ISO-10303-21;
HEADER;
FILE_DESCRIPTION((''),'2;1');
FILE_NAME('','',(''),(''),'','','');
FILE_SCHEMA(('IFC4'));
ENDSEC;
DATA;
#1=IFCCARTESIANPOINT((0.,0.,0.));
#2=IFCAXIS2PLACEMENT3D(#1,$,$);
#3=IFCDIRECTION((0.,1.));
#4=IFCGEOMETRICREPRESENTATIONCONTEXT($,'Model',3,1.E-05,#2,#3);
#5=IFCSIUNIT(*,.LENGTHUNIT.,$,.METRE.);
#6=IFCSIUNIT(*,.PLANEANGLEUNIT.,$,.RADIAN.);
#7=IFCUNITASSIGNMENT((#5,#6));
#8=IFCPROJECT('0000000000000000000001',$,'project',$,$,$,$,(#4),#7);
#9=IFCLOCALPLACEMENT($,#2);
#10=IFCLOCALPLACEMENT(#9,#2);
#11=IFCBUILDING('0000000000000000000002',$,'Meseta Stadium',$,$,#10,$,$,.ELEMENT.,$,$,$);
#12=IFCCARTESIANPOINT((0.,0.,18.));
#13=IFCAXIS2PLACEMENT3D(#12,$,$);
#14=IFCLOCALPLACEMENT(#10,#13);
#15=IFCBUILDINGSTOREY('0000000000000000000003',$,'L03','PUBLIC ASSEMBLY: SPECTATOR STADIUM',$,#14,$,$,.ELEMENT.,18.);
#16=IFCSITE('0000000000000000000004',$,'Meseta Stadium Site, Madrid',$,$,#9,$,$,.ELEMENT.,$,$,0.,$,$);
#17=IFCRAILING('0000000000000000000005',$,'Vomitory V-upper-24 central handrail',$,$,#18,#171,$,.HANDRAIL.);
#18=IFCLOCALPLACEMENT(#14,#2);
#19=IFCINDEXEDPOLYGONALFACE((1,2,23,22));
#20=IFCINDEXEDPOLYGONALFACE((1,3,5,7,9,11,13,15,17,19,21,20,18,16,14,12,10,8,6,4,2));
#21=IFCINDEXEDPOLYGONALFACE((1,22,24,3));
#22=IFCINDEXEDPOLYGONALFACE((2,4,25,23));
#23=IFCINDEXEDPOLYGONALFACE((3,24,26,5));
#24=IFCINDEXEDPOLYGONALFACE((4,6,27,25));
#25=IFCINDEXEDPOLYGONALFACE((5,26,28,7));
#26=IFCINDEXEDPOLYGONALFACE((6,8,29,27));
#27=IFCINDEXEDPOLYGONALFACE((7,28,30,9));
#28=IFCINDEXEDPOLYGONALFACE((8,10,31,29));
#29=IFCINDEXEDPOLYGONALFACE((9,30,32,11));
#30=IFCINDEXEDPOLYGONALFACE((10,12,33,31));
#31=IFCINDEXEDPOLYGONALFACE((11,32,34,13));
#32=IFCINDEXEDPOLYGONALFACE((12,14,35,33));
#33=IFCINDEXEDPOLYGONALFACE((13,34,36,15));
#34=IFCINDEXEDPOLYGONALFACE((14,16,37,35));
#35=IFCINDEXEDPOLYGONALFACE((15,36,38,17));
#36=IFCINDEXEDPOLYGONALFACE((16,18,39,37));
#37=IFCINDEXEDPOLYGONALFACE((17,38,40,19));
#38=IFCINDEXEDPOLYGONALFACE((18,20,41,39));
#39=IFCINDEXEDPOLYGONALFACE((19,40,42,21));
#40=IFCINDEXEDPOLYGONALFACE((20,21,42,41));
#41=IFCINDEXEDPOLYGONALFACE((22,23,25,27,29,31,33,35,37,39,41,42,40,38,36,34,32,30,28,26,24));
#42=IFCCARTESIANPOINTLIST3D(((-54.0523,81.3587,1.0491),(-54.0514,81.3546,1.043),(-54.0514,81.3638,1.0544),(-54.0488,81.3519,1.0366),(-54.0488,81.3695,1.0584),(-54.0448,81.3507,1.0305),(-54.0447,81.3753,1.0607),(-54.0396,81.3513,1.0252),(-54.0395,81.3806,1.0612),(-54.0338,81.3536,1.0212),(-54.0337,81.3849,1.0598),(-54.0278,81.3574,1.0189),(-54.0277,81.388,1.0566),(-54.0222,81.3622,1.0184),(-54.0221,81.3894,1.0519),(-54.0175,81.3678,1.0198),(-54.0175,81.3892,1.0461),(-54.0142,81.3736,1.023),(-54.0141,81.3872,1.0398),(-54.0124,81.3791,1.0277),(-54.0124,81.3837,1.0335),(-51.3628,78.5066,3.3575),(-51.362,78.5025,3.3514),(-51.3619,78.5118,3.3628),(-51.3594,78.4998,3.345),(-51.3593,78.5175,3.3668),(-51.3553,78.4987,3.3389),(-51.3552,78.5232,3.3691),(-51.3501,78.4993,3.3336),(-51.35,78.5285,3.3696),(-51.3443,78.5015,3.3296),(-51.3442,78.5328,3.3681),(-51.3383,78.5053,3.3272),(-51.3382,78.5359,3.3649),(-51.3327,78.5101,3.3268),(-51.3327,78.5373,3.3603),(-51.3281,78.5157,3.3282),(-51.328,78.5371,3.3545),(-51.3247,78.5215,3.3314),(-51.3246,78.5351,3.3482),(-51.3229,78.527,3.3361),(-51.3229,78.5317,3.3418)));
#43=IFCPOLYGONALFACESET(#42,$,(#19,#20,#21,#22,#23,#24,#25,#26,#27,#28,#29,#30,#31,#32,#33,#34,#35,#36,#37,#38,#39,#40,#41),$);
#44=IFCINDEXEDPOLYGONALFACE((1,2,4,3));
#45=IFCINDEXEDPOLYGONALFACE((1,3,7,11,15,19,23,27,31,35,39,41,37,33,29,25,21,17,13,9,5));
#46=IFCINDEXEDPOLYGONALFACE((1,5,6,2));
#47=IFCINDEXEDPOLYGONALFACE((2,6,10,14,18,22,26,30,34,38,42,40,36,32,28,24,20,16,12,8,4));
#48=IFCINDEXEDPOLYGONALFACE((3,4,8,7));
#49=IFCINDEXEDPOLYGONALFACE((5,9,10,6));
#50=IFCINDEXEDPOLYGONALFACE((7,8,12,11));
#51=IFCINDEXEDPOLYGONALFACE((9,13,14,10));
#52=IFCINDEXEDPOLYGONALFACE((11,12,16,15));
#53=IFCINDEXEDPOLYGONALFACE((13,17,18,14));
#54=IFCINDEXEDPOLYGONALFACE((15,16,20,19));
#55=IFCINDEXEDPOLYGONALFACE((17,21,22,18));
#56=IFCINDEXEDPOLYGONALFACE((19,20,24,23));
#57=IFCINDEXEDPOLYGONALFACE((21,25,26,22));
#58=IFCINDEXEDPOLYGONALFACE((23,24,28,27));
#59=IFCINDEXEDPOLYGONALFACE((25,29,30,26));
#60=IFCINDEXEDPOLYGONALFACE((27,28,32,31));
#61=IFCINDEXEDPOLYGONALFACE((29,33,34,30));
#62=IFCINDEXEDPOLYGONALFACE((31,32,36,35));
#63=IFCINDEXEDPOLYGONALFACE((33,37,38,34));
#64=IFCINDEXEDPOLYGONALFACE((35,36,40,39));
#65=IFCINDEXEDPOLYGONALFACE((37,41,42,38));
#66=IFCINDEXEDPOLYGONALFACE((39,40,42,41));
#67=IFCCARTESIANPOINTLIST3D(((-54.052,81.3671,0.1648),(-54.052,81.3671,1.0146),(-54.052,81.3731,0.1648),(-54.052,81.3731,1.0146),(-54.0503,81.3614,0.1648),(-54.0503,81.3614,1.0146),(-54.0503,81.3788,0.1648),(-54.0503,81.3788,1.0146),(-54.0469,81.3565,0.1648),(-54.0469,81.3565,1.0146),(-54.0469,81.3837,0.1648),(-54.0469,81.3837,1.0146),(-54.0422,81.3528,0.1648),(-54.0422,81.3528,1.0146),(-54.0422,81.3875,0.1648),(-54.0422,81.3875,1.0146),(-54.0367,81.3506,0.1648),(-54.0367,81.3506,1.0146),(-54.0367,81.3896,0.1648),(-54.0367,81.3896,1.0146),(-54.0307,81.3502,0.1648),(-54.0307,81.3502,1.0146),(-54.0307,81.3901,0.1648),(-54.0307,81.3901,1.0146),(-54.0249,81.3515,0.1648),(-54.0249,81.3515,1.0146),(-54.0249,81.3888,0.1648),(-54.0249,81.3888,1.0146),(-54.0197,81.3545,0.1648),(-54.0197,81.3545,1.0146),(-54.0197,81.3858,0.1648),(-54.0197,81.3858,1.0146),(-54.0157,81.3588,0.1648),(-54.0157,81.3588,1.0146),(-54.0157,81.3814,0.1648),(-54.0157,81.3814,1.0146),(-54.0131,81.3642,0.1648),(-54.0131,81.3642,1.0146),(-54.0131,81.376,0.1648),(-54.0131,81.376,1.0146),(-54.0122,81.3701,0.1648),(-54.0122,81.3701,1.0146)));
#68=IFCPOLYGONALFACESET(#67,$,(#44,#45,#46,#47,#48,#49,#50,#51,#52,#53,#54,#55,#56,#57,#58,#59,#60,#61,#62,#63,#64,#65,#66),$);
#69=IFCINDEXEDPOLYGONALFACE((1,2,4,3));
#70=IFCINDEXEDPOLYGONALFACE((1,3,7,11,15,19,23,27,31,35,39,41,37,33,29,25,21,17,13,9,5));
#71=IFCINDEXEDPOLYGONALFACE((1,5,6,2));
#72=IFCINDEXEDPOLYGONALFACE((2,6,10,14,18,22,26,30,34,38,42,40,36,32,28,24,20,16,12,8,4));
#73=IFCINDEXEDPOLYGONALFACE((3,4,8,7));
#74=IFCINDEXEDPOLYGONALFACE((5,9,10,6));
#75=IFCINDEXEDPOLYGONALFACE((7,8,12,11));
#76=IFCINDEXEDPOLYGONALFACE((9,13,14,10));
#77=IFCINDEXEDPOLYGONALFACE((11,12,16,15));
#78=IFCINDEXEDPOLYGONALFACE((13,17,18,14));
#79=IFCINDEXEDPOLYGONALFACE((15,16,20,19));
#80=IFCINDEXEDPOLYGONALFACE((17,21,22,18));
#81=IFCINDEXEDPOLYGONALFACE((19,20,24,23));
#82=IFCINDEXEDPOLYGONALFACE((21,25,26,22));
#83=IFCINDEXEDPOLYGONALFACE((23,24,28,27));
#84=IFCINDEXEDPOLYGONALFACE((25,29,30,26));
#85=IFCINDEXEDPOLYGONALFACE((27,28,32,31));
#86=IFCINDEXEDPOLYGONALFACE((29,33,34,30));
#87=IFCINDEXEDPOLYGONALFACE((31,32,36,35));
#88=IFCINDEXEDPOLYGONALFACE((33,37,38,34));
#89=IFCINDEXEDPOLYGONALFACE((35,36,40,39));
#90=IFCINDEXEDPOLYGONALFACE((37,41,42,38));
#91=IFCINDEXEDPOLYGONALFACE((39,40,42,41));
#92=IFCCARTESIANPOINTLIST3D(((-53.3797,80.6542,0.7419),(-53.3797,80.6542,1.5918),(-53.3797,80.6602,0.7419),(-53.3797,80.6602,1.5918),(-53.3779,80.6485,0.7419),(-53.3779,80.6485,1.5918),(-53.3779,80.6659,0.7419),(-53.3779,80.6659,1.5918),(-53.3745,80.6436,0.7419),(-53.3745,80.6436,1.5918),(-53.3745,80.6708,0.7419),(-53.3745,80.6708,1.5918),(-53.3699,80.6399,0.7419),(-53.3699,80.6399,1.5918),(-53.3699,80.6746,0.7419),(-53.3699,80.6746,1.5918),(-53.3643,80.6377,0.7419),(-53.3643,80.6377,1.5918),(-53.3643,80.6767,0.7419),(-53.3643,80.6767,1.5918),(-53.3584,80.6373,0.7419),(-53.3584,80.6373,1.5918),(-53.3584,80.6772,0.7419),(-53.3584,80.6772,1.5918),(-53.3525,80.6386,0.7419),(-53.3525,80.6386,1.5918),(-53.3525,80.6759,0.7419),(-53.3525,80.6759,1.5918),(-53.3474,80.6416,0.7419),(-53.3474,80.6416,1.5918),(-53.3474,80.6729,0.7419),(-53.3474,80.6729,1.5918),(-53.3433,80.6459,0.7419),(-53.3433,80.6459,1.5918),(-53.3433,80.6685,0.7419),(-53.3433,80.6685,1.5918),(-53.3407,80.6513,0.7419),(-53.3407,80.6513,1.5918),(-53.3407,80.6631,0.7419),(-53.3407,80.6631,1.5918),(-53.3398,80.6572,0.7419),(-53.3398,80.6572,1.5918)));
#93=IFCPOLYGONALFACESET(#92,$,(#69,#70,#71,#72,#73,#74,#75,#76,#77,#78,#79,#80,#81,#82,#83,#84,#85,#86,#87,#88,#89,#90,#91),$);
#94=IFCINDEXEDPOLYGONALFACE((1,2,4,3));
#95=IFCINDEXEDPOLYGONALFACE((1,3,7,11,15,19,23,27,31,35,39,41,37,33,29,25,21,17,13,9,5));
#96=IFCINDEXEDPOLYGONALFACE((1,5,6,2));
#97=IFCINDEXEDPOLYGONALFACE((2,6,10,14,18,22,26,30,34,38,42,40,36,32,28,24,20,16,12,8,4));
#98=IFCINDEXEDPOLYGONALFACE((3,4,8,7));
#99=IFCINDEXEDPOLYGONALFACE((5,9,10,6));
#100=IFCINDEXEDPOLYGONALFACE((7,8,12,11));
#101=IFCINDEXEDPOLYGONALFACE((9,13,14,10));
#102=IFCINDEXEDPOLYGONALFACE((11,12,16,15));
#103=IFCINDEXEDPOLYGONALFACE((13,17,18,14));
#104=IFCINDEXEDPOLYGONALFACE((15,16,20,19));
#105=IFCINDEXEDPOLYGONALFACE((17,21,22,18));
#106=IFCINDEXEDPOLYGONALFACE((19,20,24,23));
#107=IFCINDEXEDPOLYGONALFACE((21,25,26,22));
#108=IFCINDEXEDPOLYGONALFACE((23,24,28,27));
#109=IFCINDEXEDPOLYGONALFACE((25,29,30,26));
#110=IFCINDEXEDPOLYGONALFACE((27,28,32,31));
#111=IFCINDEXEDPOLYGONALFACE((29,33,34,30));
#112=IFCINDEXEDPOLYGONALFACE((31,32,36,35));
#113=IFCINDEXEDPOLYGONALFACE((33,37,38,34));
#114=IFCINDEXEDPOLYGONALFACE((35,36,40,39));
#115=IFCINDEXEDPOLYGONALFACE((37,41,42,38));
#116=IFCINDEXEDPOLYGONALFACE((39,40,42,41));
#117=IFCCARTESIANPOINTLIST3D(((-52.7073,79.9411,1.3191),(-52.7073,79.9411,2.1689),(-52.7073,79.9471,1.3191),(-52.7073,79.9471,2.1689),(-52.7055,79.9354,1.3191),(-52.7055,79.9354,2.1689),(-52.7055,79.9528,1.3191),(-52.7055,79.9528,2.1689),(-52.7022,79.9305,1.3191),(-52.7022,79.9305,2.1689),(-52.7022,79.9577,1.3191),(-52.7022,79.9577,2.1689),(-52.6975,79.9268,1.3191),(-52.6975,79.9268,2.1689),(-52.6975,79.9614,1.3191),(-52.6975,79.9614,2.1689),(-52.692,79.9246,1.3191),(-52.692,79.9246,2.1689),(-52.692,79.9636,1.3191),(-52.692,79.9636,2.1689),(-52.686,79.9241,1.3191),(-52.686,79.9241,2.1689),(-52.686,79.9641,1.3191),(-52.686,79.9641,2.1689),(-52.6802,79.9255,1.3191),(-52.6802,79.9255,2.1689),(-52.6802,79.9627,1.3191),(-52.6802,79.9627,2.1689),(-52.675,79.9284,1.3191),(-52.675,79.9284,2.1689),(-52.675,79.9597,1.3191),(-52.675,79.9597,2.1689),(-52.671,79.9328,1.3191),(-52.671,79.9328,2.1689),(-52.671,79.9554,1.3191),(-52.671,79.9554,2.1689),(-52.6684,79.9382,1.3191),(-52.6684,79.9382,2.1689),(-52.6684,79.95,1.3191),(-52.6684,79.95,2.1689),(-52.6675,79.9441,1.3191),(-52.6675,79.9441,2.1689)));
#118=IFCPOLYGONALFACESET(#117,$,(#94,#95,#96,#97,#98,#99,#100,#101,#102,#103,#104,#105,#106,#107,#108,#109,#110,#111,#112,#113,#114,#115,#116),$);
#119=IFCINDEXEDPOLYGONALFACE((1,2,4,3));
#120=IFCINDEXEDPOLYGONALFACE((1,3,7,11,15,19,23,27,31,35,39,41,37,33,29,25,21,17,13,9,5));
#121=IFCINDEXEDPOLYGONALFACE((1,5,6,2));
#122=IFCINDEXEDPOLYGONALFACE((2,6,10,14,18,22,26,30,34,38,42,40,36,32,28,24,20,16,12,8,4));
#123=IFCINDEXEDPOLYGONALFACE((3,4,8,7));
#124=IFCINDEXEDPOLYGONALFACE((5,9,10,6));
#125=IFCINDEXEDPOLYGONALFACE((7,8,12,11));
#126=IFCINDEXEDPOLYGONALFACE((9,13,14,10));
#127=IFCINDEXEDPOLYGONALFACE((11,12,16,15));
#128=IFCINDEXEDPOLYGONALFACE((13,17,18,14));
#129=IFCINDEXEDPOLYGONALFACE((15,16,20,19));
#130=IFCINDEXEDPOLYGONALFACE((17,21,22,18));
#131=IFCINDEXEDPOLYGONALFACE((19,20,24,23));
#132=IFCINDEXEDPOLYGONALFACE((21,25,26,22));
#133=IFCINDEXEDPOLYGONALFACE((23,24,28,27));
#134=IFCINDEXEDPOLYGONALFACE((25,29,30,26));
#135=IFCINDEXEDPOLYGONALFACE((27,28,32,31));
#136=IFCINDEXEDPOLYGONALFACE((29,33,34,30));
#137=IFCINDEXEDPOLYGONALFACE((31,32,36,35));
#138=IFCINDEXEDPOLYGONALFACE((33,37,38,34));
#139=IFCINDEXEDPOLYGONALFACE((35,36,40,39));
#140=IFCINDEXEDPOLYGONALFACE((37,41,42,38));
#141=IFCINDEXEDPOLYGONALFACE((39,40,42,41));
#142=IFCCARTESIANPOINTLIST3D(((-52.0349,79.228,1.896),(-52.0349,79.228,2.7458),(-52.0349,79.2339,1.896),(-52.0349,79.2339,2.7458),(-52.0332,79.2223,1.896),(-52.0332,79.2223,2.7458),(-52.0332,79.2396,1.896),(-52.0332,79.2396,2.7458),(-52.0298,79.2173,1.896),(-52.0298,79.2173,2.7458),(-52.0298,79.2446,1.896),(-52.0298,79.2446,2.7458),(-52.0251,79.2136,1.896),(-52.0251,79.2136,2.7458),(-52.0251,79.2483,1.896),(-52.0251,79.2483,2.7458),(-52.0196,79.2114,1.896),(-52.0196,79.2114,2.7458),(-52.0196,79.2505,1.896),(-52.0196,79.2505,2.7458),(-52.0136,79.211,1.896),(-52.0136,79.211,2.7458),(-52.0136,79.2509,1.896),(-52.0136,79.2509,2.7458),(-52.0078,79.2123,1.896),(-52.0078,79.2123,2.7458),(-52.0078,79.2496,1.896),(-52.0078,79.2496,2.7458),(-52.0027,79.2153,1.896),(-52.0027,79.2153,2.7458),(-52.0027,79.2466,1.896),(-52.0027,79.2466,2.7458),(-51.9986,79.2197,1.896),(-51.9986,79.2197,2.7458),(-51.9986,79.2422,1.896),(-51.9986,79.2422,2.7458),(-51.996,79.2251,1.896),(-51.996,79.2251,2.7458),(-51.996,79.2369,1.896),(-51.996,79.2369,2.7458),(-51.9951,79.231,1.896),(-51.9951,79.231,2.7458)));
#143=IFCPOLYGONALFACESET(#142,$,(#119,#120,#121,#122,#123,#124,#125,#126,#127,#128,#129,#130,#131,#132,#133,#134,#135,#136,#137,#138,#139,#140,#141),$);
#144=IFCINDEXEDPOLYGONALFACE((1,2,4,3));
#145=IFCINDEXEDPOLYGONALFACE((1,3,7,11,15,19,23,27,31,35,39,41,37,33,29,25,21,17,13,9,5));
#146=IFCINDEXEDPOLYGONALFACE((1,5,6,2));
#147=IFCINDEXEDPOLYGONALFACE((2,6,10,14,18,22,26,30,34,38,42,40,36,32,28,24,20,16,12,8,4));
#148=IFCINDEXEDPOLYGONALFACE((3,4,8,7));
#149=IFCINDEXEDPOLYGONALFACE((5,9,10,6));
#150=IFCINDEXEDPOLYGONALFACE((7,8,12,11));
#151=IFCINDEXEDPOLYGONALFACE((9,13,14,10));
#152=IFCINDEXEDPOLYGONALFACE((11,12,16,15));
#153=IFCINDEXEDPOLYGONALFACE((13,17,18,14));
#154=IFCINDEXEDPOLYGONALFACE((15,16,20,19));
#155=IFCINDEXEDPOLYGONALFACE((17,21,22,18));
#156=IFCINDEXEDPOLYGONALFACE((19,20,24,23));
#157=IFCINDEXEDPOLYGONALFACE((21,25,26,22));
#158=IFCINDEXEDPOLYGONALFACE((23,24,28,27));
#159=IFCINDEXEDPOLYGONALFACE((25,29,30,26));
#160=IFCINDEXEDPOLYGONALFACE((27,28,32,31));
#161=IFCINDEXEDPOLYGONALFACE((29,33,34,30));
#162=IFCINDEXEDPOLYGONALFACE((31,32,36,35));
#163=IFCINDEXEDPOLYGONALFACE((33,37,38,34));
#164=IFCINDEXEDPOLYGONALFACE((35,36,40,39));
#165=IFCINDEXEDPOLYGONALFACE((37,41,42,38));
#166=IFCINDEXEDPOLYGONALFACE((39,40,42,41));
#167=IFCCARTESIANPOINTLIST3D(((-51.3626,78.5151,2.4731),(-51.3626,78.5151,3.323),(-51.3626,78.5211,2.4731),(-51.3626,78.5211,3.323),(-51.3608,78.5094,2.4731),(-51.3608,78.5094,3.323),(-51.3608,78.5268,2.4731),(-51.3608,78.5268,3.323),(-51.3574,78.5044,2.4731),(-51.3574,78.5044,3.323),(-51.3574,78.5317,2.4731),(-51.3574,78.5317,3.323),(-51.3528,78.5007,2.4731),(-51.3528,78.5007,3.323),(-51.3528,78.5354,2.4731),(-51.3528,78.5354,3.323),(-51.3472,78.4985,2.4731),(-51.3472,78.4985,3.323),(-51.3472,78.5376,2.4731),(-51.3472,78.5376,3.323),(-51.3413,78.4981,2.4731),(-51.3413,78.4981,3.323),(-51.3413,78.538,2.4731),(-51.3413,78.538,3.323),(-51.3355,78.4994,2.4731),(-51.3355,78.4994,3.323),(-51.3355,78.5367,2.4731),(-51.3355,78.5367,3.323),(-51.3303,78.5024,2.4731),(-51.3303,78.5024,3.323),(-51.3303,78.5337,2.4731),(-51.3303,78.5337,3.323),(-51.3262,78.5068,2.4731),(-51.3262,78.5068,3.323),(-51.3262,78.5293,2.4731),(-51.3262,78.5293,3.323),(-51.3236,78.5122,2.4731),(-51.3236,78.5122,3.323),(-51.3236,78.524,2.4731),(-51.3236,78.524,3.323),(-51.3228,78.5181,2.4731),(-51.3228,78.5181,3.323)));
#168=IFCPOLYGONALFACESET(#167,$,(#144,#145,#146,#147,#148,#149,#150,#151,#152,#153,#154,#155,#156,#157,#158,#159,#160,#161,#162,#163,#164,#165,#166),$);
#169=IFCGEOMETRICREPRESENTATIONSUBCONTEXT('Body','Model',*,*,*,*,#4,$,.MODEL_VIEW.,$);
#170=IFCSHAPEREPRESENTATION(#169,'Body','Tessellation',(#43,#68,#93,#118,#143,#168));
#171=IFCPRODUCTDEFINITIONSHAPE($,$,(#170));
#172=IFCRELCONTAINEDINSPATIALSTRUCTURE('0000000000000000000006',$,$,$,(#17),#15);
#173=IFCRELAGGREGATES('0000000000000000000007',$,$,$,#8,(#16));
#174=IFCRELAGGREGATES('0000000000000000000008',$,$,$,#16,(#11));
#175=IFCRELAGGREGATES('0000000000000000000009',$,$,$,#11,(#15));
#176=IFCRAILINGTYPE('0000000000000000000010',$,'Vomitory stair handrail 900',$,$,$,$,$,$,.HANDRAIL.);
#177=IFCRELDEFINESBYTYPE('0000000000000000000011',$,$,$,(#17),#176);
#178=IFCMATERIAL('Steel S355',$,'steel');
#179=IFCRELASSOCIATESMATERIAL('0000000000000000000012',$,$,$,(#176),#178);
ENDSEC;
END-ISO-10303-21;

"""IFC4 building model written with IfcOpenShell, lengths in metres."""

from ifc_helpers import new_model, si_unit, direction, frame, origin, origin_2d, place, context, subcontext, project, spatial, circle, extrude, material, type_object, element, save


model = new_model("IFC4")

# Units and contexts
model_context = context("Model", 3, precision=1e-05, world=origin(), true_north=direction((0.0, 1.0)))
body_context = subcontext(model_context, "Body", "Model", "MODEL_VIEW")
ifc_project = project(units=[si_unit("LENGTHUNIT", "METRE"), si_unit("PLANEANGLEUNIT", "RADIAN")], contexts=[model_context])

# Site, building, storey
site_placement = place(None, origin())
site = spatial("IfcSite", under=ifc_project, at=site_placement, Name="Meseta Stadium Site, Madrid", CompositionType="ELEMENT", RefElevation=0.0)
building_placement = place(site_placement, origin())
building = spatial("IfcBuilding", under=site, at=building_placement, Name="Meseta Stadium", CompositionType="ELEMENT")
storey_placement = place(building_placement, frame((0.0, 0.0, 18.0)))
storey = spatial("IfcBuildingStorey", under=building, at=storey_placement, Name="L03", Description="PUBLIC ASSEMBLY: SPECTATOR STADIUM", CompositionType="ELEMENT", Elevation=18.0)

# Railing
ifc_material_1 = material(Name="Steel S355", Category="steel")
railing_type_1 = type_object("IfcRailingType", Name="Vomitory stair handrail 900", PredefinedType="HANDRAIL", material=ifc_material_1)
railing_1_placement = place(storey_placement, frame((-54.0322, 81.3701, 0.1648)))
element("IfcRailing", 1, at=railing_1_placement, inside=storey, type_object=railing_type_1, Name="Vomitory V-upper-24 central handrail", PredefinedType="HANDRAIL", context=body_context, shape_type="SweptSolid", body=[
    extrude(circle(Radius=0.0249, at=origin_2d()), frame((0.0, 0.0, 0.875), z_axis=(0.591184, -0.626925, 0.507411), x_axis=(0.727541, 0.686064, 0.0)), (0.0, 0.0, 1.0), 4.5493),
    extrude(circle(Radius=0.02, at=origin_2d()), origin(), (0.0, 0.0, 1.0), 0.8499),
    extrude(circle(Radius=0.02, at=origin_2d()), frame((0.6724, -0.7129, 0.5771)), (0.0, 0.0, 1.0), 0.8499),
    extrude(circle(Radius=0.02, at=origin_2d()), frame((1.3447, -1.426, 1.1543)), (0.0, 0.0, 1.0), 0.8499),
    extrude(circle(Radius=0.02, at=origin_2d()), frame((2.0171, -2.1392, 1.7312)), (0.0, 0.0, 1.0), 0.8499),
    extrude(circle(Radius=0.02, at=origin_2d()), frame((2.6895, -2.8521, 2.3083)), (0.0, 0.0, 1.0), 0.8499),
])

save(model, "model.ifc")
